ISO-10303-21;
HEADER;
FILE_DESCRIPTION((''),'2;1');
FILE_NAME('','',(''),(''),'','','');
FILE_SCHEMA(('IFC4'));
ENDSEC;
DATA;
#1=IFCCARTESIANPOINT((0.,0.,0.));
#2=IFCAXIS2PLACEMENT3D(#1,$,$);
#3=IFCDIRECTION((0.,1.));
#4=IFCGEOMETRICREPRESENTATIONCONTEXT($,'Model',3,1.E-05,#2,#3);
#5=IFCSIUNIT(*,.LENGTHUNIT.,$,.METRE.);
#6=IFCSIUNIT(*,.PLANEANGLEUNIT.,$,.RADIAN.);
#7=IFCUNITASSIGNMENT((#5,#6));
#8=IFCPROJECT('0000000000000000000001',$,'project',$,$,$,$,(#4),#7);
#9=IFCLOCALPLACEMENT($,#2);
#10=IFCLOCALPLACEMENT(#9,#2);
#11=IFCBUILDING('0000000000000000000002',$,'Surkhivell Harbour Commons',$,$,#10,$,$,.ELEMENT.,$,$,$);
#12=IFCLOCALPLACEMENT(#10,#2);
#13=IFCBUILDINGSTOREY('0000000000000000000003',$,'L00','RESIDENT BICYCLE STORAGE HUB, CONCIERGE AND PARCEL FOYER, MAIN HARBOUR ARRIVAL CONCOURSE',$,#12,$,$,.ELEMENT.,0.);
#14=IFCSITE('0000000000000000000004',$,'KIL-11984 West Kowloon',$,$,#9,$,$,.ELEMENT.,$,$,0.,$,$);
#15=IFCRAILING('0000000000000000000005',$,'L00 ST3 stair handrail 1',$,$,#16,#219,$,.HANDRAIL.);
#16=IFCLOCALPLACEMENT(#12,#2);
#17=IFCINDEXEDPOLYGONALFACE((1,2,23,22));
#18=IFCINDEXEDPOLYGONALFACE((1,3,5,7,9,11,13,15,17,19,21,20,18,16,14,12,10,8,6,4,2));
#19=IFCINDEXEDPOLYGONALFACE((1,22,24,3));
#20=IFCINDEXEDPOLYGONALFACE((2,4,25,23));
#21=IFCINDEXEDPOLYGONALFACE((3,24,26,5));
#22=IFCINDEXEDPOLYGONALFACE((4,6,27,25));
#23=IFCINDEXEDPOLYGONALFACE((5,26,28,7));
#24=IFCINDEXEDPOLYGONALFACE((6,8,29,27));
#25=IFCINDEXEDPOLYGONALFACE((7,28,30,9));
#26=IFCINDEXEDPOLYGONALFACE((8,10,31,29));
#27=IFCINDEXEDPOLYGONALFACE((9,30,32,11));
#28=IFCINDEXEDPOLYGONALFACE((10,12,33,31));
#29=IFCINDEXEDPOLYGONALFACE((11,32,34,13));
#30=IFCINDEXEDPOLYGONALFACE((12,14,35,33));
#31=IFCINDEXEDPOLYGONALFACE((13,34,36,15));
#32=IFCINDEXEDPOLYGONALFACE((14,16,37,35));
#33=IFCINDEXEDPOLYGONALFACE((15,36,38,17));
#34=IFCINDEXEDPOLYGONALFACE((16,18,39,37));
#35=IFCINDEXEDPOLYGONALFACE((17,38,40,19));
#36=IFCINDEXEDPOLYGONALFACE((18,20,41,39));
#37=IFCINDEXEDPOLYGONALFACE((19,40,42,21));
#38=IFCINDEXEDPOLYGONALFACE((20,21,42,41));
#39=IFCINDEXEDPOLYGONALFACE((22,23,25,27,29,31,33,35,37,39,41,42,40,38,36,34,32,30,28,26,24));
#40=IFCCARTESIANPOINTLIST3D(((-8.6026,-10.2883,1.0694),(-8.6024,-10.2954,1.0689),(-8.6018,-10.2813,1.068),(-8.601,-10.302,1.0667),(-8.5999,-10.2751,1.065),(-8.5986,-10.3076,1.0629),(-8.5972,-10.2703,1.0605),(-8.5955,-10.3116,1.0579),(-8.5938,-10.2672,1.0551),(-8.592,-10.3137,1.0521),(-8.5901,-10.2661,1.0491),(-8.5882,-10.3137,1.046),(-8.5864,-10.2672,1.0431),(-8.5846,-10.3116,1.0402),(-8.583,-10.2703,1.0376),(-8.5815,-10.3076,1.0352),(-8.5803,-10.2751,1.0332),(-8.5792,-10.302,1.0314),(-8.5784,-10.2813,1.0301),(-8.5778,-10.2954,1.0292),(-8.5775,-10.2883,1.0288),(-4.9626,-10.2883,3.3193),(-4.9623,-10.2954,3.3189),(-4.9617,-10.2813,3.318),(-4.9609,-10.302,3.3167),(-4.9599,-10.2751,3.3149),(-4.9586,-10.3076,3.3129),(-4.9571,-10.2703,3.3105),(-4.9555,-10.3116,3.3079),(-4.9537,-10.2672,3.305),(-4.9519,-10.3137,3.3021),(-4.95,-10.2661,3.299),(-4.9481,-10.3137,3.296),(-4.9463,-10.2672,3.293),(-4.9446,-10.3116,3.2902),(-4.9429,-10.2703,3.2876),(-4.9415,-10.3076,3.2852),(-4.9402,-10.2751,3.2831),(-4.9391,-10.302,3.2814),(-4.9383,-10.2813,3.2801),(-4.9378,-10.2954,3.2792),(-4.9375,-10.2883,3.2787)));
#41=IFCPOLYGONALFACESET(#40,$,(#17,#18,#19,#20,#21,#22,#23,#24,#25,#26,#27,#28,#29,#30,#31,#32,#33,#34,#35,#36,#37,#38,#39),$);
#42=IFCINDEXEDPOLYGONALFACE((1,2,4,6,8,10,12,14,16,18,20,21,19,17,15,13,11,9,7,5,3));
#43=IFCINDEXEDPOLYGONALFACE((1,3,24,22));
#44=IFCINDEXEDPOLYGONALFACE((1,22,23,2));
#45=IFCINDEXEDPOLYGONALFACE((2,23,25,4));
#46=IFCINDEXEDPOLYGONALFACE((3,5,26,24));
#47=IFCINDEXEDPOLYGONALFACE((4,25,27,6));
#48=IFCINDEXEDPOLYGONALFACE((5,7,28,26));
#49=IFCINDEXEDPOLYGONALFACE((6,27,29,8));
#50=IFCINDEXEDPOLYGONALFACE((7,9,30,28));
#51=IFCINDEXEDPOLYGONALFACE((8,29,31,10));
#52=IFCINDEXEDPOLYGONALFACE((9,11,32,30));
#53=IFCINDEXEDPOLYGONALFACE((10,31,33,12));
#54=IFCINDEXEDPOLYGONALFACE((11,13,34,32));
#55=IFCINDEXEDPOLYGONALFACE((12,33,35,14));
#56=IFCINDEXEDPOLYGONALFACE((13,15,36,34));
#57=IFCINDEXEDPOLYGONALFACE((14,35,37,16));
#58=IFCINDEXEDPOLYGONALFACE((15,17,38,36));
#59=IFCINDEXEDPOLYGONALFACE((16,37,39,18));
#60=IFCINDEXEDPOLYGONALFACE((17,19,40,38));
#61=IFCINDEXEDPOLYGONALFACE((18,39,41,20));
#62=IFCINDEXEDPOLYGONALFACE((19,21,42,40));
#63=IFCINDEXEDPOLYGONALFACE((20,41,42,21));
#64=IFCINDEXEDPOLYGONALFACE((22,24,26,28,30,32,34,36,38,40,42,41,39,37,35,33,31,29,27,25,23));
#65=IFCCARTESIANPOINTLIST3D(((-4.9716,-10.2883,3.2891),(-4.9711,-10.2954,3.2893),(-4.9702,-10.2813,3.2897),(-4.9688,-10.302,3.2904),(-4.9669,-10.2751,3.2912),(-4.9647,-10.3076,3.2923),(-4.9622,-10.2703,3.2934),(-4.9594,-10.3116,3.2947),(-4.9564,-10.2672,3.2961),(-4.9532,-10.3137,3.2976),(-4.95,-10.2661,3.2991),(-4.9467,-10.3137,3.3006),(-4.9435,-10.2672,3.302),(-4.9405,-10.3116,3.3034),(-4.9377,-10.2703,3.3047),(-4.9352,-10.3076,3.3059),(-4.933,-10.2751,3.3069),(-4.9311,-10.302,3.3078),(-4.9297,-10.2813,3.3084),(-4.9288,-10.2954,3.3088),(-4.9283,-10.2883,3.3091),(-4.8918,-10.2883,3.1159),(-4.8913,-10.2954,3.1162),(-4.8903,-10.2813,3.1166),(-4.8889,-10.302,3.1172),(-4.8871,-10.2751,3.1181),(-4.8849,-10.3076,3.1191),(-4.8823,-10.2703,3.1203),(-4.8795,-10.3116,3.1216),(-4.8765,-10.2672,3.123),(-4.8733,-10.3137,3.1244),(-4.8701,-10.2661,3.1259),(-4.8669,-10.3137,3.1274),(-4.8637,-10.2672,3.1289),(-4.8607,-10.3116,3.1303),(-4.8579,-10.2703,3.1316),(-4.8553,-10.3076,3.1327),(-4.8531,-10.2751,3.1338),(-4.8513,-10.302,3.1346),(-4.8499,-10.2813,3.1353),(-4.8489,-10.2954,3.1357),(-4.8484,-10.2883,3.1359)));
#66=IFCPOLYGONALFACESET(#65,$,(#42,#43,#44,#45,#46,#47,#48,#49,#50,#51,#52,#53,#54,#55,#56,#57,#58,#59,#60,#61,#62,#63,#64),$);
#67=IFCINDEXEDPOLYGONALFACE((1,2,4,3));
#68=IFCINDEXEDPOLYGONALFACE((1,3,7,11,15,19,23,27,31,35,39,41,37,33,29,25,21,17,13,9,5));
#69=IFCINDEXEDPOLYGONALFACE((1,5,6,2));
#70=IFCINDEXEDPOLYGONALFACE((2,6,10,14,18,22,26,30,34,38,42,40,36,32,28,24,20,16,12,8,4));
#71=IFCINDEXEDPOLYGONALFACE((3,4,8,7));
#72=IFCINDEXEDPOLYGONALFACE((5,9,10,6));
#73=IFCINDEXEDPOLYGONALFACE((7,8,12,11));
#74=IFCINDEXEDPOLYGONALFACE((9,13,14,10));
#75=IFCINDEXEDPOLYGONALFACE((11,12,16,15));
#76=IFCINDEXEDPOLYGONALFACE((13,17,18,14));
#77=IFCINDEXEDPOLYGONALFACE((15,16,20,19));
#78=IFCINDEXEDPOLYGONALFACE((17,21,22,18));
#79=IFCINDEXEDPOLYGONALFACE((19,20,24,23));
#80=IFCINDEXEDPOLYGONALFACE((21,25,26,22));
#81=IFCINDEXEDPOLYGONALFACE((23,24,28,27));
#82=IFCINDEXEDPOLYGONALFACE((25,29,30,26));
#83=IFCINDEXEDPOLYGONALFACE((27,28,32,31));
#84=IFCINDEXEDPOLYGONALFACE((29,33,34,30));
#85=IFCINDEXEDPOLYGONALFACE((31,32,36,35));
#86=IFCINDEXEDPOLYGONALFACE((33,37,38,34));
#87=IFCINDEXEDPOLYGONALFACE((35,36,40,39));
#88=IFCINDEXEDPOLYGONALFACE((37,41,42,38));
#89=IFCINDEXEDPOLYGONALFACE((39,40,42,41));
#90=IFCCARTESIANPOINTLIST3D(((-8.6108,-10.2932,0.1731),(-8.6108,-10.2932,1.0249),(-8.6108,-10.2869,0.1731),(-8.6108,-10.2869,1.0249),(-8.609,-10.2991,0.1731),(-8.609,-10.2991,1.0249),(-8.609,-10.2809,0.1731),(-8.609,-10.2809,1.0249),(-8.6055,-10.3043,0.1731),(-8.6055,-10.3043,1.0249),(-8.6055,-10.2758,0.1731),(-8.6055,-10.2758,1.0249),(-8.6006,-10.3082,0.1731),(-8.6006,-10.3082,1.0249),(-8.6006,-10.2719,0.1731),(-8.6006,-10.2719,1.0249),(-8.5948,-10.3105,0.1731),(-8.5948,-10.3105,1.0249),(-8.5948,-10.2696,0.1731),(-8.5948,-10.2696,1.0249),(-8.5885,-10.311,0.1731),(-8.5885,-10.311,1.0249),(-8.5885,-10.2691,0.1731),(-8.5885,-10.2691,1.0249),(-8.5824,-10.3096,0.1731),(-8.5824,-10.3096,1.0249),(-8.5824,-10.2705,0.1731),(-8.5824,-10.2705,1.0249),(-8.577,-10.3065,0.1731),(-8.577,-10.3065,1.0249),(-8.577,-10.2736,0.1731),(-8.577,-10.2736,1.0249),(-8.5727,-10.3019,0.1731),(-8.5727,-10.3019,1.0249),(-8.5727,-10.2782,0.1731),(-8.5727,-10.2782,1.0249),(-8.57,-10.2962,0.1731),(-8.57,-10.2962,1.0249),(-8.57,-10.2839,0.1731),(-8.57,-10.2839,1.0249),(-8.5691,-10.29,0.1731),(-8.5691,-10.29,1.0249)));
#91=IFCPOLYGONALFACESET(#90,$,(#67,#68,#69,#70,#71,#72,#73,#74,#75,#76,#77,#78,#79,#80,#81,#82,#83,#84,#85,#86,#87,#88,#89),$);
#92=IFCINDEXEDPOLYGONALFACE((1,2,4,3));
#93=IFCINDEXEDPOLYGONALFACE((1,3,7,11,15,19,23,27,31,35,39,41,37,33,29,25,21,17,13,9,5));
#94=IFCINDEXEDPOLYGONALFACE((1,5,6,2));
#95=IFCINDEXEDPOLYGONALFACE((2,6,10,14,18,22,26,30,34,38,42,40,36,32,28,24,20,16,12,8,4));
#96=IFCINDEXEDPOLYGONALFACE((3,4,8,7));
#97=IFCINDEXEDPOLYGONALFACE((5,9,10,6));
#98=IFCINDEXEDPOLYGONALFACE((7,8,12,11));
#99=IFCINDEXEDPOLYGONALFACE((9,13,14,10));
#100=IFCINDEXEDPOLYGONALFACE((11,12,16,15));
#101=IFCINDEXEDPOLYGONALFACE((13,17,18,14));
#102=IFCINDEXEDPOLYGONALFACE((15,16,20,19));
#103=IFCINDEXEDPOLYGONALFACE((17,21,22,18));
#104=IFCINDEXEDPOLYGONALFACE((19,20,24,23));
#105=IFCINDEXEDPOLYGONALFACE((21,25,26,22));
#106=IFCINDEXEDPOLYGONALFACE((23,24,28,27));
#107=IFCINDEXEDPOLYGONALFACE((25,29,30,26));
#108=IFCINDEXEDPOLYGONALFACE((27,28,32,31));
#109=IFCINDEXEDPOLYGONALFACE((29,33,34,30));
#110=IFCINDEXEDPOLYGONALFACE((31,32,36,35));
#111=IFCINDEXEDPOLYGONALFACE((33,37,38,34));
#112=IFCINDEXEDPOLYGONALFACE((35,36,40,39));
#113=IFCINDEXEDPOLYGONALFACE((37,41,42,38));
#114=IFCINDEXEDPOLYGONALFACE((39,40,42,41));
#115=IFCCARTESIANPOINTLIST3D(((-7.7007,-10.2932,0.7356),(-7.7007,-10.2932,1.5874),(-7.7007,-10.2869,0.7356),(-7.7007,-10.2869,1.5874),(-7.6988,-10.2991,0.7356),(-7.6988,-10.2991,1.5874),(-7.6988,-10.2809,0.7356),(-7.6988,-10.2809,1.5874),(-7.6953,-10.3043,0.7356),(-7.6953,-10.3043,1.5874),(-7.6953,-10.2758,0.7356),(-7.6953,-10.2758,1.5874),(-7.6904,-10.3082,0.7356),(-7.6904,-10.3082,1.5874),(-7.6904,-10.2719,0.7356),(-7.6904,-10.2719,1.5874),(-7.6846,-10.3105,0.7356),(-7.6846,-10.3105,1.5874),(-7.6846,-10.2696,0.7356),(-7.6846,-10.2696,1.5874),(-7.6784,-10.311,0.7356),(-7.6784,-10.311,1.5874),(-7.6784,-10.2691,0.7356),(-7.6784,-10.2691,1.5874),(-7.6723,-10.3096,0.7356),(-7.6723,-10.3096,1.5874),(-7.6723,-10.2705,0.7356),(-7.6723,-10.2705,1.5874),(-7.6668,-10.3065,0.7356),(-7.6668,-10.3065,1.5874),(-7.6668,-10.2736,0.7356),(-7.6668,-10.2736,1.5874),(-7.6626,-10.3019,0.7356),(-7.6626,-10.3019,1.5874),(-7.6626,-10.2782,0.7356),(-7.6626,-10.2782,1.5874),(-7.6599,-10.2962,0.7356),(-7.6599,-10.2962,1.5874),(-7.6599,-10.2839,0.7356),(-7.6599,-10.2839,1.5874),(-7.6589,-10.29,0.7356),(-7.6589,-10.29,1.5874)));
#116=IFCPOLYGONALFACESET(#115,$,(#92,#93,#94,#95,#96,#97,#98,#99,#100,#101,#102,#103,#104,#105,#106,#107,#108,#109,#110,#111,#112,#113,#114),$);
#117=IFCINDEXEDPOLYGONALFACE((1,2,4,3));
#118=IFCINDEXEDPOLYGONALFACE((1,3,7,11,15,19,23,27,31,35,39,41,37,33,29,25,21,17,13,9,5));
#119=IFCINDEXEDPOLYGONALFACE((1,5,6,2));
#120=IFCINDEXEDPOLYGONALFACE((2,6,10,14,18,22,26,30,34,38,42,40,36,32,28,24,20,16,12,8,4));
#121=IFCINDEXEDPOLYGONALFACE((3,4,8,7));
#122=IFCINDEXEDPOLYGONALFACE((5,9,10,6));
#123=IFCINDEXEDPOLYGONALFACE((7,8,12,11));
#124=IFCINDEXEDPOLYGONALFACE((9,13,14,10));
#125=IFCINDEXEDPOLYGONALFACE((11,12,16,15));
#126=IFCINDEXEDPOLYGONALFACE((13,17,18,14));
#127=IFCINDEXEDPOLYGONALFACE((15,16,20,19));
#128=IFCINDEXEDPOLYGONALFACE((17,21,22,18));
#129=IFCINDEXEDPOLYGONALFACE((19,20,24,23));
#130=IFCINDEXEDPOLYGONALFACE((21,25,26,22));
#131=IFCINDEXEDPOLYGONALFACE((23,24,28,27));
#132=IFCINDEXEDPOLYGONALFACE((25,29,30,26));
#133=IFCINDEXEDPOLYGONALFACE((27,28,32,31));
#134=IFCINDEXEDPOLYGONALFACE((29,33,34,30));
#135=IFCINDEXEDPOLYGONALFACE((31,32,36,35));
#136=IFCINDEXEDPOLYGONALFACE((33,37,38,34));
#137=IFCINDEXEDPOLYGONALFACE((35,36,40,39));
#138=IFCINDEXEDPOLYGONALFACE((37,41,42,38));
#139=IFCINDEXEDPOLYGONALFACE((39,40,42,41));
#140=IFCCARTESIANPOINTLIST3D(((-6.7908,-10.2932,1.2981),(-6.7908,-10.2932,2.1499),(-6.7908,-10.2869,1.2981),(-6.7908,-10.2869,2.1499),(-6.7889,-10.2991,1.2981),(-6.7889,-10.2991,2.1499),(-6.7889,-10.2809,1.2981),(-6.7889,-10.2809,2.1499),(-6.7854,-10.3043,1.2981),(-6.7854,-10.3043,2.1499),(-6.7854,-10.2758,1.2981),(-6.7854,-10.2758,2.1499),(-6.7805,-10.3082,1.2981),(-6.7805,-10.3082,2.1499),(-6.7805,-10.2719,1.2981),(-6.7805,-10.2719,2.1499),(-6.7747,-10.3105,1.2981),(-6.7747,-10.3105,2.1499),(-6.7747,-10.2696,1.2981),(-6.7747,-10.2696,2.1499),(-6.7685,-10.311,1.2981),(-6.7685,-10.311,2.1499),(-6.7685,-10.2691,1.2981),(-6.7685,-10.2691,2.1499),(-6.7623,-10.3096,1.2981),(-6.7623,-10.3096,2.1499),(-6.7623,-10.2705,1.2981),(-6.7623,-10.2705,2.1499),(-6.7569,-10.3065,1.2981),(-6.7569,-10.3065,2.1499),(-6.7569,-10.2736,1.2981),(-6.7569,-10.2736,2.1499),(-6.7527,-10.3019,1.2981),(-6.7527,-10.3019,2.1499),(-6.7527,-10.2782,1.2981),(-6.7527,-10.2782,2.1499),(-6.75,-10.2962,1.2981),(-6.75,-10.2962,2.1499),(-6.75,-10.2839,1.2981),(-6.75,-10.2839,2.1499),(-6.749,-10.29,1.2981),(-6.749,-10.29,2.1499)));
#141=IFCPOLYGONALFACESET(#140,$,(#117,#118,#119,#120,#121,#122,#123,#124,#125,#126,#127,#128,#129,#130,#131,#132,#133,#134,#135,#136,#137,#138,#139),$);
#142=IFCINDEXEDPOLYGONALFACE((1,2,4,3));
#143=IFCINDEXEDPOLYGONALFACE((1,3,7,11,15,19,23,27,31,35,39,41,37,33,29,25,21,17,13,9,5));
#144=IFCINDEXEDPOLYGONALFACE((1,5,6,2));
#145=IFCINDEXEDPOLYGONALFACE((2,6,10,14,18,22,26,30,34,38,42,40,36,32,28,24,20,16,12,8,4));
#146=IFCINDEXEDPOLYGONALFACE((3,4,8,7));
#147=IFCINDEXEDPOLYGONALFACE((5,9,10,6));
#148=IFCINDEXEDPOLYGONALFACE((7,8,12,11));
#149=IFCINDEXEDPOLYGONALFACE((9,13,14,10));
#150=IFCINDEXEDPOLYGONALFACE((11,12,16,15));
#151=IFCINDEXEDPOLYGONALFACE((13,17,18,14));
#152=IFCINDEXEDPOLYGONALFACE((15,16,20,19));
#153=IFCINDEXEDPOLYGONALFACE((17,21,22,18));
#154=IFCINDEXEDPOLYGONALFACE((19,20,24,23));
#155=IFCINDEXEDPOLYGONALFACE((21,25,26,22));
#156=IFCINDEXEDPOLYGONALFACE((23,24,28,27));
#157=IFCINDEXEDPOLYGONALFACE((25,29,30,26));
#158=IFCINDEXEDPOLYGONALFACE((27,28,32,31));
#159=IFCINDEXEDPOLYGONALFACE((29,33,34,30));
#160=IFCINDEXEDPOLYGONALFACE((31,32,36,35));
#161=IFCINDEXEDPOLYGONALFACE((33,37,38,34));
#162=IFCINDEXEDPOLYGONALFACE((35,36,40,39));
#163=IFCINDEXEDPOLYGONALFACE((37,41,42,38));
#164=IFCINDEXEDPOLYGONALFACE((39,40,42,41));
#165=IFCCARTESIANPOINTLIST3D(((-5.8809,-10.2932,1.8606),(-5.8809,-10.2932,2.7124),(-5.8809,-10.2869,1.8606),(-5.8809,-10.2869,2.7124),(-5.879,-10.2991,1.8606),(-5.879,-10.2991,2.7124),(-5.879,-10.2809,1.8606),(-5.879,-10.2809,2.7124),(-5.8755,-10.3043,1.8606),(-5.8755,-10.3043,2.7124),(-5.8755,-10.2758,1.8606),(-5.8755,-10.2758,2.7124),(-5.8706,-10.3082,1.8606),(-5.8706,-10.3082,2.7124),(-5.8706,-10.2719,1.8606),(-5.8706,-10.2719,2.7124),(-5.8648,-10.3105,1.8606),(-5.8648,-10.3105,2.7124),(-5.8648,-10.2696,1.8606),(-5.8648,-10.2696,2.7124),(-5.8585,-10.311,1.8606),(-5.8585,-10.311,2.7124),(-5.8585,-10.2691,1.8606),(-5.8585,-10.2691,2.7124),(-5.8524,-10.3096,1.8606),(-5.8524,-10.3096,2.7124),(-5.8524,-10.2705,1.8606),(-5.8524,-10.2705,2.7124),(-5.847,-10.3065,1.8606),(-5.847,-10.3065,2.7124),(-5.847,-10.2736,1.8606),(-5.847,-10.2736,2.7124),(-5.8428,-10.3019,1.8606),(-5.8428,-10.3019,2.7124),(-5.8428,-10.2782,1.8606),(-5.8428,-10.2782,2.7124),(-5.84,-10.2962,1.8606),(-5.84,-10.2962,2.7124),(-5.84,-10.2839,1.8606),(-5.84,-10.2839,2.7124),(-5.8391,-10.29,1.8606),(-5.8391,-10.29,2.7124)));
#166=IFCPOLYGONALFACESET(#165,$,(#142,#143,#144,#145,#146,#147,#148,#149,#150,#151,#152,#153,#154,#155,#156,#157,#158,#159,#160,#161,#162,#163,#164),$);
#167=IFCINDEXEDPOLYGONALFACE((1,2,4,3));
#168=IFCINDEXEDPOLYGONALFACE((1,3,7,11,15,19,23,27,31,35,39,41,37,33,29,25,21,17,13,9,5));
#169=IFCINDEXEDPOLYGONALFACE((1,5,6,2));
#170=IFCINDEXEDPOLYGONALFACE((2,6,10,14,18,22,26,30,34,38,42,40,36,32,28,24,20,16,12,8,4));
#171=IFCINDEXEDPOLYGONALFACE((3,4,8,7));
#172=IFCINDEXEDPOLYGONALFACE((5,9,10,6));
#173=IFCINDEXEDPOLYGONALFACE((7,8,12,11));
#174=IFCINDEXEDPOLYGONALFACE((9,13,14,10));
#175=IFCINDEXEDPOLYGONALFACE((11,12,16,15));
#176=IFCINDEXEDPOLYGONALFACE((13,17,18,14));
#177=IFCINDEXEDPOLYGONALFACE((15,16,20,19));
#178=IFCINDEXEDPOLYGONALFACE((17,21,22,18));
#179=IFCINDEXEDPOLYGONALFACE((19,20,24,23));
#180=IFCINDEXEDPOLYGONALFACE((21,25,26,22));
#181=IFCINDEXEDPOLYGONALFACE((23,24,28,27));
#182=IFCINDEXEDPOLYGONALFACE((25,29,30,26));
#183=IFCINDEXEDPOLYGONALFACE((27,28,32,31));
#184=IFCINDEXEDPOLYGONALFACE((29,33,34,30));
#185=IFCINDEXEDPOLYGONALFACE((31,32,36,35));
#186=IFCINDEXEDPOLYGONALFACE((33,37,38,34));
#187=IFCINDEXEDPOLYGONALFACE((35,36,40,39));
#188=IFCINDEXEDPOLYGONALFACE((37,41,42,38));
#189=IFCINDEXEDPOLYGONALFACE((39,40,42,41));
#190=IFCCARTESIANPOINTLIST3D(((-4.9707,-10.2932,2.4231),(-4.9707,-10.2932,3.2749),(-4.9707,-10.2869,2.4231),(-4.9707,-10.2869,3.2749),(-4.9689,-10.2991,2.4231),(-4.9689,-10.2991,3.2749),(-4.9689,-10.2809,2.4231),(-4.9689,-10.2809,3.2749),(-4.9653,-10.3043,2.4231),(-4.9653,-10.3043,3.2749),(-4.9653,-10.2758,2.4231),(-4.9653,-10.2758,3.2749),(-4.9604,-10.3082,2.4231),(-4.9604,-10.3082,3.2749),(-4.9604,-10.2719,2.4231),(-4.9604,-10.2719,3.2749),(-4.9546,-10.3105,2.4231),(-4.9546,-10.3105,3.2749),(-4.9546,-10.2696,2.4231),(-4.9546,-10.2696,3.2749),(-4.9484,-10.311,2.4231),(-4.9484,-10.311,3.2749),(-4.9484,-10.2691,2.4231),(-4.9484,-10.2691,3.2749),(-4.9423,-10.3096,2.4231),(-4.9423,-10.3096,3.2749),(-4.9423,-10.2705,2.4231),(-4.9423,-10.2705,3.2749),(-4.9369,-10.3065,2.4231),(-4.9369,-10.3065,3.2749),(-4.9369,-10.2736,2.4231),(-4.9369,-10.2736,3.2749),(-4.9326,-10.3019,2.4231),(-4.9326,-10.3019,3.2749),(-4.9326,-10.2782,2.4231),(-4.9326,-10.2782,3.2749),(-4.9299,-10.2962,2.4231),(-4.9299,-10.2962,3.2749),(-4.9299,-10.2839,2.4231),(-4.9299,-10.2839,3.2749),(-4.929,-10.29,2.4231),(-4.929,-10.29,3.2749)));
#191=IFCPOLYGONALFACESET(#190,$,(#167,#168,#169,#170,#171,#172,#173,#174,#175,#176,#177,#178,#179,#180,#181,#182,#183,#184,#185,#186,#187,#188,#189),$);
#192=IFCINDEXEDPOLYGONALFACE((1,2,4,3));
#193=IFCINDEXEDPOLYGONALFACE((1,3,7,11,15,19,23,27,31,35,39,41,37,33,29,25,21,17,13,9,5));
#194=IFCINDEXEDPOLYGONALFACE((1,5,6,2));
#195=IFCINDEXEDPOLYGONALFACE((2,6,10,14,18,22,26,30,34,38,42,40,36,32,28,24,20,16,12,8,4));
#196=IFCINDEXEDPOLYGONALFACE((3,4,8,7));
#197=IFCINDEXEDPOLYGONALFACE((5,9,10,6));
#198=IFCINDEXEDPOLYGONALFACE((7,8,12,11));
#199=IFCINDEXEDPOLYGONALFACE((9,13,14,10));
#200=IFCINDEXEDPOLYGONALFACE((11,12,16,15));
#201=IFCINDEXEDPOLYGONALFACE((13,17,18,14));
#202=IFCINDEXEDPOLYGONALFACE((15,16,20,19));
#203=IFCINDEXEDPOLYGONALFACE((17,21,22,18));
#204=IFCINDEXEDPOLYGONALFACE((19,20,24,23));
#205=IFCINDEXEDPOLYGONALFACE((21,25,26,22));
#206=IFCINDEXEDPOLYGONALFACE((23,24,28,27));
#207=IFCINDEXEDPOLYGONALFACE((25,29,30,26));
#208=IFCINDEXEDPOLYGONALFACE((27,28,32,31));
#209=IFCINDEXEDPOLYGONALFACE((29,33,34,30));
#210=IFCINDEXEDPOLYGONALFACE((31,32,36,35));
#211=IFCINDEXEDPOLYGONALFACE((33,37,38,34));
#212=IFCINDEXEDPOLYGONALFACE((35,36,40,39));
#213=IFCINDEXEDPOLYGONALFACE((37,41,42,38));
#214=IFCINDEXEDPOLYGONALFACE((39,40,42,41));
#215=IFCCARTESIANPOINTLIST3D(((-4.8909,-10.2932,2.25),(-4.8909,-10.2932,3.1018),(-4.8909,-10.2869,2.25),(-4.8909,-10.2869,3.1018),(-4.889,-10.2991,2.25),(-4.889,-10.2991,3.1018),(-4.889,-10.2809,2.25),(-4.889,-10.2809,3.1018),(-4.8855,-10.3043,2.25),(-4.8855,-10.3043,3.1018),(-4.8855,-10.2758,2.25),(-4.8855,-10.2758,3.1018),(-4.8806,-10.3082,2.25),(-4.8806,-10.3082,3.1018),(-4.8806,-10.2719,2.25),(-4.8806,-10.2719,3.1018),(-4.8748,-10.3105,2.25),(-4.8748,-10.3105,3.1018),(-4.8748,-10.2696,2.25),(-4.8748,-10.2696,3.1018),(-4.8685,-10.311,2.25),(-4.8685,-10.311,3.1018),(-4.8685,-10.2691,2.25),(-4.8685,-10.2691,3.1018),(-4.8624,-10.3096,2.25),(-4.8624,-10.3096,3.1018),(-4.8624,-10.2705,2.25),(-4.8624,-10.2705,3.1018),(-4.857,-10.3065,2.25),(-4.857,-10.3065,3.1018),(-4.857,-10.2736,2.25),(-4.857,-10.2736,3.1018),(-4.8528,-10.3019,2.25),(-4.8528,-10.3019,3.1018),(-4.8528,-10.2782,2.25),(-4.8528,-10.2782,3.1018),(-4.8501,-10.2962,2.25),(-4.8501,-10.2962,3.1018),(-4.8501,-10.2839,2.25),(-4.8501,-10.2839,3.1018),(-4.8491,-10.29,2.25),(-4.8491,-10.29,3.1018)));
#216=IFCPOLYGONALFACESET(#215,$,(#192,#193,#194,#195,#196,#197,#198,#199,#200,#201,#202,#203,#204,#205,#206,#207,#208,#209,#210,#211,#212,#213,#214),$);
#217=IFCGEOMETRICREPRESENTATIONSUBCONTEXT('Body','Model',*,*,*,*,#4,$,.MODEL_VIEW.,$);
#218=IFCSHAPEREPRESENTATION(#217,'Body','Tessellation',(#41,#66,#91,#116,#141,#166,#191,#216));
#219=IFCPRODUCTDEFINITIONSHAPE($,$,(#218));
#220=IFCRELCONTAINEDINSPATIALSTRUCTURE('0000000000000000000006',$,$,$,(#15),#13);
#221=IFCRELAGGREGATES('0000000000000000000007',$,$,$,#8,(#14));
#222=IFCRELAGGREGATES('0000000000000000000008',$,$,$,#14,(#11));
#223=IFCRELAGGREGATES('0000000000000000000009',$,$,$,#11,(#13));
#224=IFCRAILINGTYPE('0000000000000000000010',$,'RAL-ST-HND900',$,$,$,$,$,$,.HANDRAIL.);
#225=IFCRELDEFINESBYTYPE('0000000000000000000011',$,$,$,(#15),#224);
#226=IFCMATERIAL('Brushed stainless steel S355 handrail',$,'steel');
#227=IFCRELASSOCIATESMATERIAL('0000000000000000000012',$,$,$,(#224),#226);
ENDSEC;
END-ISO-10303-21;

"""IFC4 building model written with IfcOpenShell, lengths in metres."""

from ifc_helpers import new_model, si_unit, direction, frame, origin, origin_2d, place, context, subcontext, project, spatial, circle, extrude, material, type_object, element, save


model = new_model("IFC4")

# Units and contexts
model_context = context("Model", 3, precision=1e-05, world=origin(), true_north=direction((0.0, 1.0)))
body_context = subcontext(model_context, "Body", "Model", "MODEL_VIEW")
ifc_project = project(units=[si_unit("LENGTHUNIT", "METRE"), si_unit("PLANEANGLEUNIT", "RADIAN")], contexts=[model_context])

# Site, building, storey
site_placement = place(None, origin())
site = spatial("IfcSite", under=ifc_project, at=site_placement, Name="KIL-11984 West Kowloon", CompositionType="ELEMENT", RefElevation=0.0)
building_placement = place(site_placement, origin())
building = spatial("IfcBuilding", under=site, at=building_placement, Name="Surkhivell Harbour Commons", CompositionType="ELEMENT")
storey_placement = place(building_placement, origin())
storey = spatial("IfcBuildingStorey", under=building, at=storey_placement, Name="L00", Description="RESIDENT BICYCLE STORAGE HUB, CONCIERGE AND PARCEL FOYER, MAIN HARBOUR ARRIVAL CONCOURSE", CompositionType="ELEMENT", Elevation=0.0)

# Railing
ifc_material_1 = material(Name="Brushed stainless steel S355 handrail", Category="steel")
railing_type_1 = type_object("IfcRailingType", Name="RAL-ST-HND900", PredefinedType="HANDRAIL", material=ifc_material_1)
railing_1_placement = place(storey_placement, frame((-8.5901, -10.29, 0.1731)))
element("IfcRailing", 1, at=railing_1_placement, inside=storey, type_object=railing_type_1, Name="L00 ST3 stair handrail 1", PredefinedType="HANDRAIL", context=body_context, shape_type="SweptSolid", body=[
    extrude(circle(Radius=0.0239, at=origin_2d()), frame((0.0, 0.0, 0.876), z_axis=(0.850622, 0.0, 0.525777), x_axis=(0.0, 1.0, 0.0)), (0.0, 0.0, 1.0), 4.2793),
    extrude(circle(Radius=0.0239, at=origin_2d()), frame((3.6401, 0.0, 3.126), z_axis=(0.418815, 0.0, -0.908072), x_axis=(0.0, 1.0, 0.0)), (0.0, 0.0, 1.0), 0.1907),
    extrude(circle(Radius=0.021, at=origin_2d()), origin(), (0.0, 0.0, 1.0), 0.8518),
    extrude(circle(Radius=0.021, at=origin_2d()), frame((0.9102, 0.0, 0.5625)), (0.0, 0.0, 1.0), 0.8518),
    extrude(circle(Radius=0.021, at=origin_2d()), frame((1.8201, 0.0, 1.125)), (0.0, 0.0, 1.0), 0.8518),
    extrude(circle(Radius=0.021, at=origin_2d()), frame((2.73, 0.0, 1.6875)), (0.0, 0.0, 1.0), 0.8518),
    extrude(circle(Radius=0.021, at=origin_2d()), frame((3.6401, 0.0, 2.25)), (0.0, 0.0, 1.0), 0.8518),
    extrude(circle(Radius=0.021, at=origin_2d()), frame((3.72, 0.0, 2.0769)), (0.0, 0.0, 1.0), 0.8518),
])

save(model, "model.ifc")
